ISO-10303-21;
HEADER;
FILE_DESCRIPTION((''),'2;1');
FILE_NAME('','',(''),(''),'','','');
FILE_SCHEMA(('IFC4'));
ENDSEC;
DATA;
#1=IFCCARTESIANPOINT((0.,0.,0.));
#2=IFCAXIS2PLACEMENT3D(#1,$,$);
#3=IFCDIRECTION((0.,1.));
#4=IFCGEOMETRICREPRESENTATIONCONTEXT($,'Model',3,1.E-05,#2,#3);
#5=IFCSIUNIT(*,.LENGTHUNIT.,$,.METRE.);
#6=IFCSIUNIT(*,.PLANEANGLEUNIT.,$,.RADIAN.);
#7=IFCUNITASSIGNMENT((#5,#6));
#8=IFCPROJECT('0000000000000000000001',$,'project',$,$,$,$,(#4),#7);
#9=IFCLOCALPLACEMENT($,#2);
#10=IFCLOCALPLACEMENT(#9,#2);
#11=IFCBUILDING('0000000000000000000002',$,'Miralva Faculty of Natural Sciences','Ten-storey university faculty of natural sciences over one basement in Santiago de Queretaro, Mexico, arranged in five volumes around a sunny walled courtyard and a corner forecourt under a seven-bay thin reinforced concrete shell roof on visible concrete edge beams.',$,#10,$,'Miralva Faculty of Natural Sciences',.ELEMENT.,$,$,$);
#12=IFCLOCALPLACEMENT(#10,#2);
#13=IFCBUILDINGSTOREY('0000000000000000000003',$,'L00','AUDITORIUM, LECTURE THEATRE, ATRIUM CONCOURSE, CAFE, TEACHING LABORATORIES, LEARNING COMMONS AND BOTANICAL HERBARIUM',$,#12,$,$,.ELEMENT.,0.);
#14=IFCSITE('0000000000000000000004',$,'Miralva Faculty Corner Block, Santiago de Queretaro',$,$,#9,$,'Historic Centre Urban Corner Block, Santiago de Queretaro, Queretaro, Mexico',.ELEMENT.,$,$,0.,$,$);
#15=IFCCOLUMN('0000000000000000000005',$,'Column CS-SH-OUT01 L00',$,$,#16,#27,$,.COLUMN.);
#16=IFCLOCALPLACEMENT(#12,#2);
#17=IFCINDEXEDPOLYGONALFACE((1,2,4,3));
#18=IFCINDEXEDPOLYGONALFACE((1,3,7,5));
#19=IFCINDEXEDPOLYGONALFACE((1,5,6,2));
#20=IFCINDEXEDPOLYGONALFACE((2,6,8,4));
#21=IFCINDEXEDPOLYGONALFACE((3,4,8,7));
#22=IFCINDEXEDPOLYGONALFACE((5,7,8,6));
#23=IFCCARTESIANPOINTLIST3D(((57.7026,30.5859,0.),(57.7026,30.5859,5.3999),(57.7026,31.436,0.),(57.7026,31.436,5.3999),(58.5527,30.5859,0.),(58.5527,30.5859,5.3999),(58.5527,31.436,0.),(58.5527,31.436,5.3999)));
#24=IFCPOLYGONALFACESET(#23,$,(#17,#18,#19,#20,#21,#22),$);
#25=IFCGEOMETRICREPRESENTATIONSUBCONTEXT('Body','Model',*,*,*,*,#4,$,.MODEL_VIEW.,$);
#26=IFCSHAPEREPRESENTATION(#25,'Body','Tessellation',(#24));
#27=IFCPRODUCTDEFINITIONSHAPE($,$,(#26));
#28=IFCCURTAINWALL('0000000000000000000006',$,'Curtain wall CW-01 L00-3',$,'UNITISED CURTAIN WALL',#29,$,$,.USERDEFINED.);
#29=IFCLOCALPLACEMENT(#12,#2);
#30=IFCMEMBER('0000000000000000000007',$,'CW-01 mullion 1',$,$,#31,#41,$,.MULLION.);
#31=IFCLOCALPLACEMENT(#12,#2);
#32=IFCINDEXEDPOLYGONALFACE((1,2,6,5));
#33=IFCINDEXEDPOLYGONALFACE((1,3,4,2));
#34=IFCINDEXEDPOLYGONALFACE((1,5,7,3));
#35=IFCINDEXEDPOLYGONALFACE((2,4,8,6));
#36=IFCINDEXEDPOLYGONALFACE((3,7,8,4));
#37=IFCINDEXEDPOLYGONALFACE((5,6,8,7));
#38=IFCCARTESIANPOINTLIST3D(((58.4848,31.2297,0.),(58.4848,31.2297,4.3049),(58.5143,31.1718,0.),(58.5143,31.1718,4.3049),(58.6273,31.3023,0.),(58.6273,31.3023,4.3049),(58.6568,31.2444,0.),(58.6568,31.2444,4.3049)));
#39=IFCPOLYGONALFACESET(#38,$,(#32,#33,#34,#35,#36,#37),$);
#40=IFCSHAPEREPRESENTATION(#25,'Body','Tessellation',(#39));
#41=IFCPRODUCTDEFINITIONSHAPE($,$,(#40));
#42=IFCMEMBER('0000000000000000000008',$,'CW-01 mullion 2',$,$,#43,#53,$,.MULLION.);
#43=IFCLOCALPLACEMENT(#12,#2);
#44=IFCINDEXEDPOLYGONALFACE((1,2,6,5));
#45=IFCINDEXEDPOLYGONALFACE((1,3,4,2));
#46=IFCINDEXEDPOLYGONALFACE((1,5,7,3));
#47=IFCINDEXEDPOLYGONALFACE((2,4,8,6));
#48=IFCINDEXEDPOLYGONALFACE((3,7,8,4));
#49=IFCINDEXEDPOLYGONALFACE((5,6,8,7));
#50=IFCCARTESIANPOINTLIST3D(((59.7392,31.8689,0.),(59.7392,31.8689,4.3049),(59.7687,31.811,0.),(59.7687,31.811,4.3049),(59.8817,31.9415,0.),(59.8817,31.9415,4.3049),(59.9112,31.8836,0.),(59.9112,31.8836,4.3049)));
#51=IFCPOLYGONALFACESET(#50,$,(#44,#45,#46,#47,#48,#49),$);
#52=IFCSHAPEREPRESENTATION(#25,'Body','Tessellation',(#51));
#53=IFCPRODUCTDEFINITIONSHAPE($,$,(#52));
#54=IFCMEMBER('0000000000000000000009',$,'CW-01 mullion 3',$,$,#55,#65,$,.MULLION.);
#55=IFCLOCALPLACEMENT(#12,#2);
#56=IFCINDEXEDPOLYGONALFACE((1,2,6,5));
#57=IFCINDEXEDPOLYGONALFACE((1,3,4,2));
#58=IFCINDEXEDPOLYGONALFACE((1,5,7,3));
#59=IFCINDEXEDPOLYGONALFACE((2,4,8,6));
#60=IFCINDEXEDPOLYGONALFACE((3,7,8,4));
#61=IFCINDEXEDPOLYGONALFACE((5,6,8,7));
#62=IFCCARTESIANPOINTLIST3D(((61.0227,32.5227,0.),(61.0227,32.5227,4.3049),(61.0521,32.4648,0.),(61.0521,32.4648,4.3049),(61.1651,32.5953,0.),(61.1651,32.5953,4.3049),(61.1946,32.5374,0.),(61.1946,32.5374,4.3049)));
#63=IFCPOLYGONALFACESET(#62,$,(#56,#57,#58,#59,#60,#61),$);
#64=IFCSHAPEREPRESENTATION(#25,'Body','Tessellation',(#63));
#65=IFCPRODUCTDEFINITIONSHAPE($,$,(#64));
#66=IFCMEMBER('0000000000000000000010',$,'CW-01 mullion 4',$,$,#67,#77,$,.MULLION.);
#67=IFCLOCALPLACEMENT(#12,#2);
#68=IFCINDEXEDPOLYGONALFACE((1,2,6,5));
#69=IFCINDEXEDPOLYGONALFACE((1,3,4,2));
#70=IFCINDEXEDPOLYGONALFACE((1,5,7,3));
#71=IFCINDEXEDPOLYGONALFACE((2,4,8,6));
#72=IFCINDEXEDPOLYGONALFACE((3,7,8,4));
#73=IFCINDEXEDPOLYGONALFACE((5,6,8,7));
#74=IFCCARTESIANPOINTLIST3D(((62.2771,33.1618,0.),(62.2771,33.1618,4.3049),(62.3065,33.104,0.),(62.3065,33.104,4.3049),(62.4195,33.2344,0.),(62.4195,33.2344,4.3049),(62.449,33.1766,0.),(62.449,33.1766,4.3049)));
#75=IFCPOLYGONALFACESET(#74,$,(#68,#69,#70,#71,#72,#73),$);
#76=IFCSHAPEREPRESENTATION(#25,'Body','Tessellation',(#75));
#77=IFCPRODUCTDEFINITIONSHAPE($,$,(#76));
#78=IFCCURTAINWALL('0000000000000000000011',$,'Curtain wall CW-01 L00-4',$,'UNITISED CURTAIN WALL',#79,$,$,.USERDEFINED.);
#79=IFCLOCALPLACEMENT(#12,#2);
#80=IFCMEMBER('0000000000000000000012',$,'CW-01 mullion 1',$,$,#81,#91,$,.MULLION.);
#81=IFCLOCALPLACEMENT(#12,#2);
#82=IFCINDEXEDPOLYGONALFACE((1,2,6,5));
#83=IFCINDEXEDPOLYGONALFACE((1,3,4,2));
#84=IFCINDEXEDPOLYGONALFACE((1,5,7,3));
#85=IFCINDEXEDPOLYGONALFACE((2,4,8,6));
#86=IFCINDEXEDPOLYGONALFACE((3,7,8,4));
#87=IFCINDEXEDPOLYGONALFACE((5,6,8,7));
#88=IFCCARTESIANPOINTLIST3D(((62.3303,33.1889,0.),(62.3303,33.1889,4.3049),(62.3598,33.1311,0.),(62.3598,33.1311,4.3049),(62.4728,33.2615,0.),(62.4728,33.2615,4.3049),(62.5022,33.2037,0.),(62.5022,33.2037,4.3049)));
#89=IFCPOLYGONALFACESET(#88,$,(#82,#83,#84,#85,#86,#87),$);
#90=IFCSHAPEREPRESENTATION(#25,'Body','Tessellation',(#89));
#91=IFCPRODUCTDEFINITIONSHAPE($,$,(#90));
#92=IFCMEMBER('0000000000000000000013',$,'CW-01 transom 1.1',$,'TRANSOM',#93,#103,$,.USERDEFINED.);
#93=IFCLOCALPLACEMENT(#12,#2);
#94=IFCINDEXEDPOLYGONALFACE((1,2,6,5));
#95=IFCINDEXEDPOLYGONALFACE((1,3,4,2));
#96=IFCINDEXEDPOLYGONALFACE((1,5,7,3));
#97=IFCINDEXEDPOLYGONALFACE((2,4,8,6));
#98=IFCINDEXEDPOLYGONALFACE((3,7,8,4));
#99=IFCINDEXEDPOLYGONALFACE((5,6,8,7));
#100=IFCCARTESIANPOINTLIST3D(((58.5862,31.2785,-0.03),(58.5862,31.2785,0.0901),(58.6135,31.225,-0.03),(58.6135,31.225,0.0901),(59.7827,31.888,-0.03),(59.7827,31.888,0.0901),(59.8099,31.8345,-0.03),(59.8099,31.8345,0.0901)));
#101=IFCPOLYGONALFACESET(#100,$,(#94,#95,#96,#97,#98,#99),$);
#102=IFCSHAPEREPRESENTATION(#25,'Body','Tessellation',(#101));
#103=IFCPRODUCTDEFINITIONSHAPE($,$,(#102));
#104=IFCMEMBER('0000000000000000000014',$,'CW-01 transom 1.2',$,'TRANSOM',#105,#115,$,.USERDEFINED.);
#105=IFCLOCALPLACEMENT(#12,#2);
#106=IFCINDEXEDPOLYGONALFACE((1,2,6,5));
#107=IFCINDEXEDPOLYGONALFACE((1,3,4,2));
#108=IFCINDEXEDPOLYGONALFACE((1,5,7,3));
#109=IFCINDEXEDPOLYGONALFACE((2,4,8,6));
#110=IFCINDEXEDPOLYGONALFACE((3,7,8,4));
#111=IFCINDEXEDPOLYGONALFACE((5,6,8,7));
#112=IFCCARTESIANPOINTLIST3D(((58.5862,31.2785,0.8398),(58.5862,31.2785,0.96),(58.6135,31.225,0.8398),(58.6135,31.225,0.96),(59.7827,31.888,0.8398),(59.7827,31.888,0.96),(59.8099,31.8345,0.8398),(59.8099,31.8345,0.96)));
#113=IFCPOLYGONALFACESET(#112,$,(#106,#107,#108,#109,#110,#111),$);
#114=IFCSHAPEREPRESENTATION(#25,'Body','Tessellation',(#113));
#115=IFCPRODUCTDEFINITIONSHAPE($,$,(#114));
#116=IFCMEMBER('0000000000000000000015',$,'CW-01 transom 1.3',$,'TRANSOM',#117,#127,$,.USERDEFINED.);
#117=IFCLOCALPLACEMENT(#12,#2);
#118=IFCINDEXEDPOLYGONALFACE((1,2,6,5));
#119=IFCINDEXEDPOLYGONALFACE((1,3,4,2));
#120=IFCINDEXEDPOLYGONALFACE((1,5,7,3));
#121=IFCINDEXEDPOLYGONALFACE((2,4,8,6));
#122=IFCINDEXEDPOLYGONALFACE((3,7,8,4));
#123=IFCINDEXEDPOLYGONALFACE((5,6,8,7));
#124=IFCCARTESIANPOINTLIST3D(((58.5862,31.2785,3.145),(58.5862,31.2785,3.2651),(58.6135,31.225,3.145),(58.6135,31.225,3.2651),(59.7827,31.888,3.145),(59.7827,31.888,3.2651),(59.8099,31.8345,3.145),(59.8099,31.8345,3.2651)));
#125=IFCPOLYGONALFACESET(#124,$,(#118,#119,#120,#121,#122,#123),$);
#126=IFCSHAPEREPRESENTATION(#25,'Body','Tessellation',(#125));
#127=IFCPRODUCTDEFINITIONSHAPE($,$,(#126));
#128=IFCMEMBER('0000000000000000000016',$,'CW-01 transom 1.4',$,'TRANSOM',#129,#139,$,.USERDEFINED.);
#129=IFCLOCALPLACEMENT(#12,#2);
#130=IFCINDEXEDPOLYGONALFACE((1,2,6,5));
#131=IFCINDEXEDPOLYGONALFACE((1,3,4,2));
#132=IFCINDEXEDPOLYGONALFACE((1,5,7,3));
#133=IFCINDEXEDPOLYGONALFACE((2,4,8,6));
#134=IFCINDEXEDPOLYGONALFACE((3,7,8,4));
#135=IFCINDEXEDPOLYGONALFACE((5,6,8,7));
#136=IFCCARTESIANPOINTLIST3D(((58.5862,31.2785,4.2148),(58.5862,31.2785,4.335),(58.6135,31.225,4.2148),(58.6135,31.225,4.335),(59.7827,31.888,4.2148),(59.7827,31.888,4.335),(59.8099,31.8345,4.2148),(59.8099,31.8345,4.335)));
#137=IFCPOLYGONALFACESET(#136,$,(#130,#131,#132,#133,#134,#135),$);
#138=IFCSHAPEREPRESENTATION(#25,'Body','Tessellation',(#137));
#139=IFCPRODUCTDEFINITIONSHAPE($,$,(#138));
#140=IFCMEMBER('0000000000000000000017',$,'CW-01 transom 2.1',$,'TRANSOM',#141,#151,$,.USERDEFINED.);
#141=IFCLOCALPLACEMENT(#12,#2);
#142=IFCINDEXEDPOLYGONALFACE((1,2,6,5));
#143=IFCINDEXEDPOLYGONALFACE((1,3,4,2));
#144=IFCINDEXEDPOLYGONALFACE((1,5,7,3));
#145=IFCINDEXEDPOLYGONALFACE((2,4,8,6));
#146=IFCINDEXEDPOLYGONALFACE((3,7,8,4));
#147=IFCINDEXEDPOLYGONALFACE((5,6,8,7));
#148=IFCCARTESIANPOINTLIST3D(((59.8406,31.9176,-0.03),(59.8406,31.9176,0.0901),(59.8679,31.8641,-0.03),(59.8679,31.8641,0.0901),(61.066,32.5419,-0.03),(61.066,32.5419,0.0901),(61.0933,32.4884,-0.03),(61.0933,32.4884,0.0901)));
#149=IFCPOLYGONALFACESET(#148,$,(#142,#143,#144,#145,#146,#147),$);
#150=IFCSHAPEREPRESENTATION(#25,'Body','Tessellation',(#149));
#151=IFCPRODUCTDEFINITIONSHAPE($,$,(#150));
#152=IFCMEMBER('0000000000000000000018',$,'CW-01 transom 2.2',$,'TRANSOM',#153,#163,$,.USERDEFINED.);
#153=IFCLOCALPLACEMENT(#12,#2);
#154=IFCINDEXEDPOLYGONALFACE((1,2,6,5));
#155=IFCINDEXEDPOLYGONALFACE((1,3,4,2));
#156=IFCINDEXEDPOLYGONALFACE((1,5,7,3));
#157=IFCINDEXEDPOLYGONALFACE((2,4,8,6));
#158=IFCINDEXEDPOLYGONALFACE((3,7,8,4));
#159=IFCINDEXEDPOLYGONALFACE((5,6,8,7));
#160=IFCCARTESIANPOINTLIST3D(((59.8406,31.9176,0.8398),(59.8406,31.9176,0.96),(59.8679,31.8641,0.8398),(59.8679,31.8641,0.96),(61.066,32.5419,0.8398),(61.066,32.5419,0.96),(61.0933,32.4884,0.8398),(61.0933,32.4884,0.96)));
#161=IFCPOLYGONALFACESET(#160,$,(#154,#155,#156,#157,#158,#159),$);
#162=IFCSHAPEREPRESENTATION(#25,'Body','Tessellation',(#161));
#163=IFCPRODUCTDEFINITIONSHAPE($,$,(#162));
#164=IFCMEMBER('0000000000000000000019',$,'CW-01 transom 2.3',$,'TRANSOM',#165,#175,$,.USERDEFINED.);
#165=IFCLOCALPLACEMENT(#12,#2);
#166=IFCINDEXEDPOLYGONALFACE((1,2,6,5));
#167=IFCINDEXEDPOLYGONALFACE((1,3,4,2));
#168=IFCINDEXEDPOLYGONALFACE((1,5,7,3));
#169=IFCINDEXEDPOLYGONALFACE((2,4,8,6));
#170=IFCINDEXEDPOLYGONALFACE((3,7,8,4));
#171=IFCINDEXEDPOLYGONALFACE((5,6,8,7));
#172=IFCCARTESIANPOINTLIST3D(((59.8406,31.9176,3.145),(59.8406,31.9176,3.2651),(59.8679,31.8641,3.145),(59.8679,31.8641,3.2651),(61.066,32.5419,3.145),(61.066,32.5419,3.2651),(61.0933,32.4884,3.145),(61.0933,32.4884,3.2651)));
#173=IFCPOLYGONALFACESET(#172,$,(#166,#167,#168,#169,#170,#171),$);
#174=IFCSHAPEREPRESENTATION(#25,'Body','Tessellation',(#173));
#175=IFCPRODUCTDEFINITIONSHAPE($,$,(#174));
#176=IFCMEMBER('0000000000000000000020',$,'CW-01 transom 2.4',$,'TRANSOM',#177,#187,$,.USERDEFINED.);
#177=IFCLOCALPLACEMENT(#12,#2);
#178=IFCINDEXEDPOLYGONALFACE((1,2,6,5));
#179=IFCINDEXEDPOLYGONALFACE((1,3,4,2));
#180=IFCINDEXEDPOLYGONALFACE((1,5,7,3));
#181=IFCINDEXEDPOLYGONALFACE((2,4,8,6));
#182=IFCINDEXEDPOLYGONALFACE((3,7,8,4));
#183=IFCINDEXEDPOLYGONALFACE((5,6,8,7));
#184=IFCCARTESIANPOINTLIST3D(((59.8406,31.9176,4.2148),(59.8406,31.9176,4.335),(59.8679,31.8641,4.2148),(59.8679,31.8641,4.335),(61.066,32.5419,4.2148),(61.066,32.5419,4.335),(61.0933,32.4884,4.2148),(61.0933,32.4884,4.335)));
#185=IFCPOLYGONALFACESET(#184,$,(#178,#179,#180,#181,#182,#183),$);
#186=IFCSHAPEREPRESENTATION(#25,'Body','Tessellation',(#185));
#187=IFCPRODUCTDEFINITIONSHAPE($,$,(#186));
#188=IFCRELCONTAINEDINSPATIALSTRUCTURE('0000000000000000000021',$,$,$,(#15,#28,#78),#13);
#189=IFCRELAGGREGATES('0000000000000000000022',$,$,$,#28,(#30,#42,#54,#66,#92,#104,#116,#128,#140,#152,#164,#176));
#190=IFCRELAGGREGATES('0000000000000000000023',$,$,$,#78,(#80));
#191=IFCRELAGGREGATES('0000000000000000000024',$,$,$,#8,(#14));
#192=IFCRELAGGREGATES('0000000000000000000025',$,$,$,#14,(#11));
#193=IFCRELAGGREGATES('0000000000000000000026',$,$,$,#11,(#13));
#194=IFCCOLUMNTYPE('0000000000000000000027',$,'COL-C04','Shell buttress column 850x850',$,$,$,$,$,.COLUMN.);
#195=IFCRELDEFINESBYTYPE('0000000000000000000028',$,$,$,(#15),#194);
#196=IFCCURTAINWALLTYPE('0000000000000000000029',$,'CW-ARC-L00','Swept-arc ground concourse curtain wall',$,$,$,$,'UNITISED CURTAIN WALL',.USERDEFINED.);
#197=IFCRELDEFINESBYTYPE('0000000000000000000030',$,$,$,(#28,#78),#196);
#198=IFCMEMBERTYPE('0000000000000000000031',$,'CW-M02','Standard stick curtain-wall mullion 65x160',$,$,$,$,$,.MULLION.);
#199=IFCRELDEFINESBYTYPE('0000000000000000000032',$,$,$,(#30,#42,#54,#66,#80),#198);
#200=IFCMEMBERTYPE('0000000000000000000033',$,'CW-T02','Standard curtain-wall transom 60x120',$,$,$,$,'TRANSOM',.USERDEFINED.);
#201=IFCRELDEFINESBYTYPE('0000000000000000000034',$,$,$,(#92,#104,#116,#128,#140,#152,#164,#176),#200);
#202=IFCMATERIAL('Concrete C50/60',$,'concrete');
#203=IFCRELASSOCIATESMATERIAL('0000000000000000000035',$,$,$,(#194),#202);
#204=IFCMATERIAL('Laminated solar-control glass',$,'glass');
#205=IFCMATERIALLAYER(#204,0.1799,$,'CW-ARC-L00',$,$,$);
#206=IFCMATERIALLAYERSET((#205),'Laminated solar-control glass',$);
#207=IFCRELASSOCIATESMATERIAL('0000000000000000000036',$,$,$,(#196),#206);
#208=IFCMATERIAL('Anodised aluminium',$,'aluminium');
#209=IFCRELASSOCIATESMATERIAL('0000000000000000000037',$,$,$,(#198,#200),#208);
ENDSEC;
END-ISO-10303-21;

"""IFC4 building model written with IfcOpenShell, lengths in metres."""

from ifc_helpers import new_model, si_unit, direction, frame, origin, origin_2d, place, context, subcontext, project, spatial, rectangle, extrude, material, layer, layer_set, material_profile, profile_set, type_object, element, aggregate, save


model = new_model("IFC4")

# Units and contexts
model_context = context("Model", 3, precision=1e-05, world=origin(), true_north=direction((0.0, 1.0)))
body_context = subcontext(model_context, "Body", "Model", "MODEL_VIEW")
ifc_project = project(units=[si_unit("LENGTHUNIT", "METRE"), si_unit("PLANEANGLEUNIT", "RADIAN")], contexts=[model_context])

# Site, building, storey
site_placement = place(None, origin())
site = spatial("IfcSite", under=ifc_project, at=site_placement, Name="Miralva Faculty Corner Block, Santiago de Queretaro", LongName="Historic Centre Urban Corner Block, Santiago de Queretaro, Queretaro, Mexico", CompositionType="ELEMENT", RefElevation=0.0)
building_placement = place(site_placement, origin())
building = spatial("IfcBuilding", under=site, at=building_placement, Name="Miralva Faculty of Natural Sciences", Description="Ten-storey university faculty of natural sciences over one basement in Santiago de Queretaro, Mexico, arranged in five volumes around a sunny walled courtyard and a corner forecourt under a seven-bay thin reinforced concrete shell roof on visible concrete edge beams.", LongName="Miralva Faculty of Natural Sciences", CompositionType="ELEMENT")
storey_placement = place(building_placement, origin())
storey = spatial("IfcBuildingStorey", under=building, at=storey_placement, Name="L00", Description="AUDITORIUM, LECTURE THEATRE, ATRIUM CONCOURSE, CAFE, TEACHING LABORATORIES, LEARNING COMMONS AND BOTANICAL HERBARIUM", CompositionType="ELEMENT", Elevation=0.0)

# Column
ifc_material_1 = material(Name="Concrete C50/60", Category="concrete")
ifc_material_profile_1 = material_profile(ifc_material_1, rectangle(XDim=0.8501, YDim=0.8501, at=origin_2d()), Name="RC 850x850")
ifc_profile_set_1 = profile_set([ifc_material_profile_1], Name="Concrete C50/60")
column_type = type_object("IfcColumnType", Name="COL-C04", Description="Shell buttress column 850x850", PredefinedType="COLUMN", material=ifc_profile_set_1)
column_placement = place(storey_placement, frame((58.1277, 31.011, 0.0), z_axis=(0.0, 0.0, 1.0), x_axis=(1.0, 0.0, 0.0)))
element("IfcColumn", 1, at=column_placement, inside=storey, type_object=column_type, Name="Column CS-SH-OUT01 L00", PredefinedType="COLUMN", context=body_context, shape_type="SweptSolid", body=[
    extrude(rectangle(XDim=0.8501, YDim=0.8501, at=origin_2d()), origin(), (0.0, 0.0, 1.0), 5.3999),
])

# Curtain wall, members
ifc_material_2 = material(Name="Laminated solar-control glass", Category="glass")
ifc_layer_1 = layer(ifc_material_2, 0.1799, Name="CW-ARC-L00")
ifc_layer_set_1 = layer_set([ifc_layer_1], Name="Laminated solar-control glass")
curtain_wall_type = type_object("IfcCurtainWallType", Name="CW-ARC-L00", Description="Swept-arc ground concourse curtain wall", ElementType="UNITISED CURTAIN WALL", PredefinedType="USERDEFINED", material=ifc_layer_set_1)
curtain_wall_1_placement = place(storey_placement, origin())
curtain_wall_1 = element("IfcCurtainWall", 2, at=curtain_wall_1_placement, inside=storey, type_object=curtain_wall_type, Name="Curtain wall CW-01 L00-3", ObjectType="UNITISED CURTAIN WALL", PredefinedType="USERDEFINED")
ifc_material_3 = material(Name="Anodised aluminium", Category="aluminium")
ifc_material_profile_2 = material_profile(ifc_material_3, rectangle(XDim=0.0649, YDim=0.1599, at=origin_2d()), Name="MULLION 65x160")
ifc_profile_set_2 = profile_set([ifc_material_profile_2], Name="Anodised aluminium")
member_type_1 = type_object("IfcMemberType", Name="CW-M02", Description="Standard stick curtain-wall mullion 65x160", PredefinedType="MULLION", material=ifc_profile_set_2)
member_1_placement = place(storey_placement, frame((58.5708, 31.2371, 0.0), z_axis=(0.0, 0.0, 1.0), x_axis=(-0.453995, 0.891004, 0.0)))
member_1 = element("IfcMember", 3, at=member_1_placement, type_object=member_type_1, Name="CW-01 mullion 1", PredefinedType="MULLION", context=body_context, shape_type="SweptSolid", body=[
    extrude(rectangle(XDim=0.0649, YDim=0.1599, at=origin_2d()), origin(), (0.0, 0.0, 1.0), 4.3049),
])
member_2_placement = place(storey_placement, frame((59.8252, 31.8762, 0.0), z_axis=(0.0, 0.0, 1.0), x_axis=(-0.453995, 0.891004, 0.0)))
member_2 = element("IfcMember", 4, at=member_2_placement, type_object=member_type_1, Name="CW-01 mullion 2", PredefinedType="MULLION", context=body_context, shape_type="SweptSolid", body=[
    extrude(rectangle(XDim=0.0649, YDim=0.1599, at=origin_2d()), origin(), (0.0, 0.0, 1.0), 4.3049),
])
member_3_placement = place(storey_placement, frame((61.1086, 32.53, 0.0), z_axis=(0.0, 0.0, 1.0), x_axis=(-0.453995, 0.891004, 0.0)))
member_3 = element("IfcMember", 5, at=member_3_placement, type_object=member_type_1, Name="CW-01 mullion 3", PredefinedType="MULLION", context=body_context, shape_type="SweptSolid", body=[
    extrude(rectangle(XDim=0.0649, YDim=0.1599, at=origin_2d()), origin(), (0.0, 0.0, 1.0), 4.3049),
])
member_4_placement = place(storey_placement, frame((62.363, 33.1692, 0.0), z_axis=(0.0, 0.0, 1.0), x_axis=(-0.453995, 0.891004, 0.0)))
member_4 = element("IfcMember", 6, at=member_4_placement, type_object=member_type_1, Name="CW-01 mullion 4", PredefinedType="MULLION", context=body_context, shape_type="SweptSolid", body=[
    extrude(rectangle(XDim=0.0649, YDim=0.1599, at=origin_2d()), origin(), (0.0, 0.0, 1.0), 4.3049),
])

# Curtain wall, member
curtain_wall_2_placement = place(storey_placement, origin())
curtain_wall_2 = element("IfcCurtainWall", 7, at=curtain_wall_2_placement, inside=storey, type_object=curtain_wall_type, Name="Curtain wall CW-01 L00-4", ObjectType="UNITISED CURTAIN WALL", PredefinedType="USERDEFINED")
member_5_placement = place(storey_placement, frame((62.4163, 33.1963, 0.0), z_axis=(0.0, 0.0, 1.0), x_axis=(-0.453969, 0.891017, 0.0)))
member_5 = element("IfcMember", 8, at=member_5_placement, type_object=member_type_1, Name="CW-01 mullion 1", PredefinedType="MULLION", context=body_context, shape_type="SweptSolid", body=[
    extrude(rectangle(XDim=0.0649, YDim=0.1599, at=origin_2d()), origin(), (0.0, 0.0, 1.0), 4.3049),
])

# Members
ifc_material_profile_3 = material_profile(ifc_material_3, rectangle(XDim=0.0601, YDim=0.1201, at=origin_2d()), Name="TRANSOM 60x120")
ifc_profile_set_3 = profile_set([ifc_material_profile_3], Name="Anodised aluminium")
member_type_2 = type_object("IfcMemberType", Name="CW-T02", Description="Standard curtain-wall transom 60x120", ElementType="TRANSOM", PredefinedType="USERDEFINED", material=ifc_profile_set_3)
member_6_placement = place(storey_placement, frame((58.5999, 31.2517, 0.03), z_axis=(0.89102, 0.453964, 0.0), x_axis=(-0.453964, 0.89102, 0.0)))
member_6 = element("IfcMember", 9, at=member_6_placement, type_object=member_type_2, Name="CW-01 transom 1.1", ObjectType="TRANSOM", PredefinedType="USERDEFINED", context=body_context, shape_type="SweptSolid", body=[
    extrude(rectangle(XDim=0.0601, YDim=0.1201, at=origin_2d()), origin(), (0.0, 0.0, 1.0), 1.3428),
])
member_7_placement = place(storey_placement, frame((58.5999, 31.2517, 0.8999), z_axis=(0.89102, 0.453964, 0.0), x_axis=(-0.453964, 0.89102, 0.0)))
member_7 = element("IfcMember", 10, at=member_7_placement, type_object=member_type_2, Name="CW-01 transom 1.2", ObjectType="TRANSOM", PredefinedType="USERDEFINED", context=body_context, shape_type="SweptSolid", body=[
    extrude(rectangle(XDim=0.0601, YDim=0.1201, at=origin_2d()), origin(), (0.0, 0.0, 1.0), 1.3428),
])
member_8_placement = place(storey_placement, frame((58.5999, 31.2517, 3.2051), z_axis=(0.89102, 0.453964, 0.0), x_axis=(-0.453964, 0.89102, 0.0)))
member_8 = element("IfcMember", 11, at=member_8_placement, type_object=member_type_2, Name="CW-01 transom 1.3", ObjectType="TRANSOM", PredefinedType="USERDEFINED", context=body_context, shape_type="SweptSolid", body=[
    extrude(rectangle(XDim=0.0601, YDim=0.1201, at=origin_2d()), origin(), (0.0, 0.0, 1.0), 1.3428),
])
member_9_placement = place(storey_placement, frame((58.5999, 31.2517, 4.2749), z_axis=(0.89102, 0.453964, 0.0), x_axis=(-0.453964, 0.89102, 0.0)))
member_9 = element("IfcMember", 12, at=member_9_placement, type_object=member_type_2, Name="CW-01 transom 1.4", ObjectType="TRANSOM", PredefinedType="USERDEFINED", context=body_context, shape_type="SweptSolid", body=[
    extrude(rectangle(XDim=0.0601, YDim=0.1201, at=origin_2d()), origin(), (0.0, 0.0, 1.0), 1.3428),
])
member_10_placement = place(storey_placement, frame((59.8542, 31.8909, 0.03), z_axis=(0.891029, 0.453947, 0.0), x_axis=(-0.453947, 0.891029, 0.0)))
member_10 = element("IfcMember", 13, at=member_10_placement, type_object=member_type_2, Name="CW-01 transom 2.1", ObjectType="TRANSOM", PredefinedType="USERDEFINED", context=body_context, shape_type="SweptSolid", body=[
    extrude(rectangle(XDim=0.0601, YDim=0.1201, at=origin_2d()), origin(), (0.0, 0.0, 1.0), 1.3752),
])
member_11_placement = place(storey_placement, frame((59.8542, 31.8909, 0.8999), z_axis=(0.891029, 0.453947, 0.0), x_axis=(-0.453947, 0.891029, 0.0)))
member_11 = element("IfcMember", 14, at=member_11_placement, type_object=member_type_2, Name="CW-01 transom 2.2", ObjectType="TRANSOM", PredefinedType="USERDEFINED", context=body_context, shape_type="SweptSolid", body=[
    extrude(rectangle(XDim=0.0601, YDim=0.1201, at=origin_2d()), origin(), (0.0, 0.0, 1.0), 1.3752),
])
member_12_placement = place(storey_placement, frame((59.8542, 31.8909, 3.2051), z_axis=(0.891029, 0.453947, 0.0), x_axis=(-0.453947, 0.891029, 0.0)))
member_12 = element("IfcMember", 15, at=member_12_placement, type_object=member_type_2, Name="CW-01 transom 2.3", ObjectType="TRANSOM", PredefinedType="USERDEFINED", context=body_context, shape_type="SweptSolid", body=[
    extrude(rectangle(XDim=0.0601, YDim=0.1201, at=origin_2d()), origin(), (0.0, 0.0, 1.0), 1.3752),
])
member_13_placement = place(storey_placement, frame((59.8542, 31.8909, 4.2749), z_axis=(0.891029, 0.453947, 0.0), x_axis=(-0.453947, 0.891029, 0.0)))
member_13 = element("IfcMember", 16, at=member_13_placement, type_object=member_type_2, Name="CW-01 transom 2.4", ObjectType="TRANSOM", PredefinedType="USERDEFINED", context=body_context, shape_type="SweptSolid", body=[
    extrude(rectangle(XDim=0.0601, YDim=0.1201, at=origin_2d()), origin(), (0.0, 0.0, 1.0), 1.3752),
])

aggregate(curtain_wall_1, [member_1, member_2, member_3, member_4, member_6, member_7, member_8, member_9, member_10, member_11, member_12, member_13])
aggregate(curtain_wall_2, [member_5])

save(model, "model.ifc")
